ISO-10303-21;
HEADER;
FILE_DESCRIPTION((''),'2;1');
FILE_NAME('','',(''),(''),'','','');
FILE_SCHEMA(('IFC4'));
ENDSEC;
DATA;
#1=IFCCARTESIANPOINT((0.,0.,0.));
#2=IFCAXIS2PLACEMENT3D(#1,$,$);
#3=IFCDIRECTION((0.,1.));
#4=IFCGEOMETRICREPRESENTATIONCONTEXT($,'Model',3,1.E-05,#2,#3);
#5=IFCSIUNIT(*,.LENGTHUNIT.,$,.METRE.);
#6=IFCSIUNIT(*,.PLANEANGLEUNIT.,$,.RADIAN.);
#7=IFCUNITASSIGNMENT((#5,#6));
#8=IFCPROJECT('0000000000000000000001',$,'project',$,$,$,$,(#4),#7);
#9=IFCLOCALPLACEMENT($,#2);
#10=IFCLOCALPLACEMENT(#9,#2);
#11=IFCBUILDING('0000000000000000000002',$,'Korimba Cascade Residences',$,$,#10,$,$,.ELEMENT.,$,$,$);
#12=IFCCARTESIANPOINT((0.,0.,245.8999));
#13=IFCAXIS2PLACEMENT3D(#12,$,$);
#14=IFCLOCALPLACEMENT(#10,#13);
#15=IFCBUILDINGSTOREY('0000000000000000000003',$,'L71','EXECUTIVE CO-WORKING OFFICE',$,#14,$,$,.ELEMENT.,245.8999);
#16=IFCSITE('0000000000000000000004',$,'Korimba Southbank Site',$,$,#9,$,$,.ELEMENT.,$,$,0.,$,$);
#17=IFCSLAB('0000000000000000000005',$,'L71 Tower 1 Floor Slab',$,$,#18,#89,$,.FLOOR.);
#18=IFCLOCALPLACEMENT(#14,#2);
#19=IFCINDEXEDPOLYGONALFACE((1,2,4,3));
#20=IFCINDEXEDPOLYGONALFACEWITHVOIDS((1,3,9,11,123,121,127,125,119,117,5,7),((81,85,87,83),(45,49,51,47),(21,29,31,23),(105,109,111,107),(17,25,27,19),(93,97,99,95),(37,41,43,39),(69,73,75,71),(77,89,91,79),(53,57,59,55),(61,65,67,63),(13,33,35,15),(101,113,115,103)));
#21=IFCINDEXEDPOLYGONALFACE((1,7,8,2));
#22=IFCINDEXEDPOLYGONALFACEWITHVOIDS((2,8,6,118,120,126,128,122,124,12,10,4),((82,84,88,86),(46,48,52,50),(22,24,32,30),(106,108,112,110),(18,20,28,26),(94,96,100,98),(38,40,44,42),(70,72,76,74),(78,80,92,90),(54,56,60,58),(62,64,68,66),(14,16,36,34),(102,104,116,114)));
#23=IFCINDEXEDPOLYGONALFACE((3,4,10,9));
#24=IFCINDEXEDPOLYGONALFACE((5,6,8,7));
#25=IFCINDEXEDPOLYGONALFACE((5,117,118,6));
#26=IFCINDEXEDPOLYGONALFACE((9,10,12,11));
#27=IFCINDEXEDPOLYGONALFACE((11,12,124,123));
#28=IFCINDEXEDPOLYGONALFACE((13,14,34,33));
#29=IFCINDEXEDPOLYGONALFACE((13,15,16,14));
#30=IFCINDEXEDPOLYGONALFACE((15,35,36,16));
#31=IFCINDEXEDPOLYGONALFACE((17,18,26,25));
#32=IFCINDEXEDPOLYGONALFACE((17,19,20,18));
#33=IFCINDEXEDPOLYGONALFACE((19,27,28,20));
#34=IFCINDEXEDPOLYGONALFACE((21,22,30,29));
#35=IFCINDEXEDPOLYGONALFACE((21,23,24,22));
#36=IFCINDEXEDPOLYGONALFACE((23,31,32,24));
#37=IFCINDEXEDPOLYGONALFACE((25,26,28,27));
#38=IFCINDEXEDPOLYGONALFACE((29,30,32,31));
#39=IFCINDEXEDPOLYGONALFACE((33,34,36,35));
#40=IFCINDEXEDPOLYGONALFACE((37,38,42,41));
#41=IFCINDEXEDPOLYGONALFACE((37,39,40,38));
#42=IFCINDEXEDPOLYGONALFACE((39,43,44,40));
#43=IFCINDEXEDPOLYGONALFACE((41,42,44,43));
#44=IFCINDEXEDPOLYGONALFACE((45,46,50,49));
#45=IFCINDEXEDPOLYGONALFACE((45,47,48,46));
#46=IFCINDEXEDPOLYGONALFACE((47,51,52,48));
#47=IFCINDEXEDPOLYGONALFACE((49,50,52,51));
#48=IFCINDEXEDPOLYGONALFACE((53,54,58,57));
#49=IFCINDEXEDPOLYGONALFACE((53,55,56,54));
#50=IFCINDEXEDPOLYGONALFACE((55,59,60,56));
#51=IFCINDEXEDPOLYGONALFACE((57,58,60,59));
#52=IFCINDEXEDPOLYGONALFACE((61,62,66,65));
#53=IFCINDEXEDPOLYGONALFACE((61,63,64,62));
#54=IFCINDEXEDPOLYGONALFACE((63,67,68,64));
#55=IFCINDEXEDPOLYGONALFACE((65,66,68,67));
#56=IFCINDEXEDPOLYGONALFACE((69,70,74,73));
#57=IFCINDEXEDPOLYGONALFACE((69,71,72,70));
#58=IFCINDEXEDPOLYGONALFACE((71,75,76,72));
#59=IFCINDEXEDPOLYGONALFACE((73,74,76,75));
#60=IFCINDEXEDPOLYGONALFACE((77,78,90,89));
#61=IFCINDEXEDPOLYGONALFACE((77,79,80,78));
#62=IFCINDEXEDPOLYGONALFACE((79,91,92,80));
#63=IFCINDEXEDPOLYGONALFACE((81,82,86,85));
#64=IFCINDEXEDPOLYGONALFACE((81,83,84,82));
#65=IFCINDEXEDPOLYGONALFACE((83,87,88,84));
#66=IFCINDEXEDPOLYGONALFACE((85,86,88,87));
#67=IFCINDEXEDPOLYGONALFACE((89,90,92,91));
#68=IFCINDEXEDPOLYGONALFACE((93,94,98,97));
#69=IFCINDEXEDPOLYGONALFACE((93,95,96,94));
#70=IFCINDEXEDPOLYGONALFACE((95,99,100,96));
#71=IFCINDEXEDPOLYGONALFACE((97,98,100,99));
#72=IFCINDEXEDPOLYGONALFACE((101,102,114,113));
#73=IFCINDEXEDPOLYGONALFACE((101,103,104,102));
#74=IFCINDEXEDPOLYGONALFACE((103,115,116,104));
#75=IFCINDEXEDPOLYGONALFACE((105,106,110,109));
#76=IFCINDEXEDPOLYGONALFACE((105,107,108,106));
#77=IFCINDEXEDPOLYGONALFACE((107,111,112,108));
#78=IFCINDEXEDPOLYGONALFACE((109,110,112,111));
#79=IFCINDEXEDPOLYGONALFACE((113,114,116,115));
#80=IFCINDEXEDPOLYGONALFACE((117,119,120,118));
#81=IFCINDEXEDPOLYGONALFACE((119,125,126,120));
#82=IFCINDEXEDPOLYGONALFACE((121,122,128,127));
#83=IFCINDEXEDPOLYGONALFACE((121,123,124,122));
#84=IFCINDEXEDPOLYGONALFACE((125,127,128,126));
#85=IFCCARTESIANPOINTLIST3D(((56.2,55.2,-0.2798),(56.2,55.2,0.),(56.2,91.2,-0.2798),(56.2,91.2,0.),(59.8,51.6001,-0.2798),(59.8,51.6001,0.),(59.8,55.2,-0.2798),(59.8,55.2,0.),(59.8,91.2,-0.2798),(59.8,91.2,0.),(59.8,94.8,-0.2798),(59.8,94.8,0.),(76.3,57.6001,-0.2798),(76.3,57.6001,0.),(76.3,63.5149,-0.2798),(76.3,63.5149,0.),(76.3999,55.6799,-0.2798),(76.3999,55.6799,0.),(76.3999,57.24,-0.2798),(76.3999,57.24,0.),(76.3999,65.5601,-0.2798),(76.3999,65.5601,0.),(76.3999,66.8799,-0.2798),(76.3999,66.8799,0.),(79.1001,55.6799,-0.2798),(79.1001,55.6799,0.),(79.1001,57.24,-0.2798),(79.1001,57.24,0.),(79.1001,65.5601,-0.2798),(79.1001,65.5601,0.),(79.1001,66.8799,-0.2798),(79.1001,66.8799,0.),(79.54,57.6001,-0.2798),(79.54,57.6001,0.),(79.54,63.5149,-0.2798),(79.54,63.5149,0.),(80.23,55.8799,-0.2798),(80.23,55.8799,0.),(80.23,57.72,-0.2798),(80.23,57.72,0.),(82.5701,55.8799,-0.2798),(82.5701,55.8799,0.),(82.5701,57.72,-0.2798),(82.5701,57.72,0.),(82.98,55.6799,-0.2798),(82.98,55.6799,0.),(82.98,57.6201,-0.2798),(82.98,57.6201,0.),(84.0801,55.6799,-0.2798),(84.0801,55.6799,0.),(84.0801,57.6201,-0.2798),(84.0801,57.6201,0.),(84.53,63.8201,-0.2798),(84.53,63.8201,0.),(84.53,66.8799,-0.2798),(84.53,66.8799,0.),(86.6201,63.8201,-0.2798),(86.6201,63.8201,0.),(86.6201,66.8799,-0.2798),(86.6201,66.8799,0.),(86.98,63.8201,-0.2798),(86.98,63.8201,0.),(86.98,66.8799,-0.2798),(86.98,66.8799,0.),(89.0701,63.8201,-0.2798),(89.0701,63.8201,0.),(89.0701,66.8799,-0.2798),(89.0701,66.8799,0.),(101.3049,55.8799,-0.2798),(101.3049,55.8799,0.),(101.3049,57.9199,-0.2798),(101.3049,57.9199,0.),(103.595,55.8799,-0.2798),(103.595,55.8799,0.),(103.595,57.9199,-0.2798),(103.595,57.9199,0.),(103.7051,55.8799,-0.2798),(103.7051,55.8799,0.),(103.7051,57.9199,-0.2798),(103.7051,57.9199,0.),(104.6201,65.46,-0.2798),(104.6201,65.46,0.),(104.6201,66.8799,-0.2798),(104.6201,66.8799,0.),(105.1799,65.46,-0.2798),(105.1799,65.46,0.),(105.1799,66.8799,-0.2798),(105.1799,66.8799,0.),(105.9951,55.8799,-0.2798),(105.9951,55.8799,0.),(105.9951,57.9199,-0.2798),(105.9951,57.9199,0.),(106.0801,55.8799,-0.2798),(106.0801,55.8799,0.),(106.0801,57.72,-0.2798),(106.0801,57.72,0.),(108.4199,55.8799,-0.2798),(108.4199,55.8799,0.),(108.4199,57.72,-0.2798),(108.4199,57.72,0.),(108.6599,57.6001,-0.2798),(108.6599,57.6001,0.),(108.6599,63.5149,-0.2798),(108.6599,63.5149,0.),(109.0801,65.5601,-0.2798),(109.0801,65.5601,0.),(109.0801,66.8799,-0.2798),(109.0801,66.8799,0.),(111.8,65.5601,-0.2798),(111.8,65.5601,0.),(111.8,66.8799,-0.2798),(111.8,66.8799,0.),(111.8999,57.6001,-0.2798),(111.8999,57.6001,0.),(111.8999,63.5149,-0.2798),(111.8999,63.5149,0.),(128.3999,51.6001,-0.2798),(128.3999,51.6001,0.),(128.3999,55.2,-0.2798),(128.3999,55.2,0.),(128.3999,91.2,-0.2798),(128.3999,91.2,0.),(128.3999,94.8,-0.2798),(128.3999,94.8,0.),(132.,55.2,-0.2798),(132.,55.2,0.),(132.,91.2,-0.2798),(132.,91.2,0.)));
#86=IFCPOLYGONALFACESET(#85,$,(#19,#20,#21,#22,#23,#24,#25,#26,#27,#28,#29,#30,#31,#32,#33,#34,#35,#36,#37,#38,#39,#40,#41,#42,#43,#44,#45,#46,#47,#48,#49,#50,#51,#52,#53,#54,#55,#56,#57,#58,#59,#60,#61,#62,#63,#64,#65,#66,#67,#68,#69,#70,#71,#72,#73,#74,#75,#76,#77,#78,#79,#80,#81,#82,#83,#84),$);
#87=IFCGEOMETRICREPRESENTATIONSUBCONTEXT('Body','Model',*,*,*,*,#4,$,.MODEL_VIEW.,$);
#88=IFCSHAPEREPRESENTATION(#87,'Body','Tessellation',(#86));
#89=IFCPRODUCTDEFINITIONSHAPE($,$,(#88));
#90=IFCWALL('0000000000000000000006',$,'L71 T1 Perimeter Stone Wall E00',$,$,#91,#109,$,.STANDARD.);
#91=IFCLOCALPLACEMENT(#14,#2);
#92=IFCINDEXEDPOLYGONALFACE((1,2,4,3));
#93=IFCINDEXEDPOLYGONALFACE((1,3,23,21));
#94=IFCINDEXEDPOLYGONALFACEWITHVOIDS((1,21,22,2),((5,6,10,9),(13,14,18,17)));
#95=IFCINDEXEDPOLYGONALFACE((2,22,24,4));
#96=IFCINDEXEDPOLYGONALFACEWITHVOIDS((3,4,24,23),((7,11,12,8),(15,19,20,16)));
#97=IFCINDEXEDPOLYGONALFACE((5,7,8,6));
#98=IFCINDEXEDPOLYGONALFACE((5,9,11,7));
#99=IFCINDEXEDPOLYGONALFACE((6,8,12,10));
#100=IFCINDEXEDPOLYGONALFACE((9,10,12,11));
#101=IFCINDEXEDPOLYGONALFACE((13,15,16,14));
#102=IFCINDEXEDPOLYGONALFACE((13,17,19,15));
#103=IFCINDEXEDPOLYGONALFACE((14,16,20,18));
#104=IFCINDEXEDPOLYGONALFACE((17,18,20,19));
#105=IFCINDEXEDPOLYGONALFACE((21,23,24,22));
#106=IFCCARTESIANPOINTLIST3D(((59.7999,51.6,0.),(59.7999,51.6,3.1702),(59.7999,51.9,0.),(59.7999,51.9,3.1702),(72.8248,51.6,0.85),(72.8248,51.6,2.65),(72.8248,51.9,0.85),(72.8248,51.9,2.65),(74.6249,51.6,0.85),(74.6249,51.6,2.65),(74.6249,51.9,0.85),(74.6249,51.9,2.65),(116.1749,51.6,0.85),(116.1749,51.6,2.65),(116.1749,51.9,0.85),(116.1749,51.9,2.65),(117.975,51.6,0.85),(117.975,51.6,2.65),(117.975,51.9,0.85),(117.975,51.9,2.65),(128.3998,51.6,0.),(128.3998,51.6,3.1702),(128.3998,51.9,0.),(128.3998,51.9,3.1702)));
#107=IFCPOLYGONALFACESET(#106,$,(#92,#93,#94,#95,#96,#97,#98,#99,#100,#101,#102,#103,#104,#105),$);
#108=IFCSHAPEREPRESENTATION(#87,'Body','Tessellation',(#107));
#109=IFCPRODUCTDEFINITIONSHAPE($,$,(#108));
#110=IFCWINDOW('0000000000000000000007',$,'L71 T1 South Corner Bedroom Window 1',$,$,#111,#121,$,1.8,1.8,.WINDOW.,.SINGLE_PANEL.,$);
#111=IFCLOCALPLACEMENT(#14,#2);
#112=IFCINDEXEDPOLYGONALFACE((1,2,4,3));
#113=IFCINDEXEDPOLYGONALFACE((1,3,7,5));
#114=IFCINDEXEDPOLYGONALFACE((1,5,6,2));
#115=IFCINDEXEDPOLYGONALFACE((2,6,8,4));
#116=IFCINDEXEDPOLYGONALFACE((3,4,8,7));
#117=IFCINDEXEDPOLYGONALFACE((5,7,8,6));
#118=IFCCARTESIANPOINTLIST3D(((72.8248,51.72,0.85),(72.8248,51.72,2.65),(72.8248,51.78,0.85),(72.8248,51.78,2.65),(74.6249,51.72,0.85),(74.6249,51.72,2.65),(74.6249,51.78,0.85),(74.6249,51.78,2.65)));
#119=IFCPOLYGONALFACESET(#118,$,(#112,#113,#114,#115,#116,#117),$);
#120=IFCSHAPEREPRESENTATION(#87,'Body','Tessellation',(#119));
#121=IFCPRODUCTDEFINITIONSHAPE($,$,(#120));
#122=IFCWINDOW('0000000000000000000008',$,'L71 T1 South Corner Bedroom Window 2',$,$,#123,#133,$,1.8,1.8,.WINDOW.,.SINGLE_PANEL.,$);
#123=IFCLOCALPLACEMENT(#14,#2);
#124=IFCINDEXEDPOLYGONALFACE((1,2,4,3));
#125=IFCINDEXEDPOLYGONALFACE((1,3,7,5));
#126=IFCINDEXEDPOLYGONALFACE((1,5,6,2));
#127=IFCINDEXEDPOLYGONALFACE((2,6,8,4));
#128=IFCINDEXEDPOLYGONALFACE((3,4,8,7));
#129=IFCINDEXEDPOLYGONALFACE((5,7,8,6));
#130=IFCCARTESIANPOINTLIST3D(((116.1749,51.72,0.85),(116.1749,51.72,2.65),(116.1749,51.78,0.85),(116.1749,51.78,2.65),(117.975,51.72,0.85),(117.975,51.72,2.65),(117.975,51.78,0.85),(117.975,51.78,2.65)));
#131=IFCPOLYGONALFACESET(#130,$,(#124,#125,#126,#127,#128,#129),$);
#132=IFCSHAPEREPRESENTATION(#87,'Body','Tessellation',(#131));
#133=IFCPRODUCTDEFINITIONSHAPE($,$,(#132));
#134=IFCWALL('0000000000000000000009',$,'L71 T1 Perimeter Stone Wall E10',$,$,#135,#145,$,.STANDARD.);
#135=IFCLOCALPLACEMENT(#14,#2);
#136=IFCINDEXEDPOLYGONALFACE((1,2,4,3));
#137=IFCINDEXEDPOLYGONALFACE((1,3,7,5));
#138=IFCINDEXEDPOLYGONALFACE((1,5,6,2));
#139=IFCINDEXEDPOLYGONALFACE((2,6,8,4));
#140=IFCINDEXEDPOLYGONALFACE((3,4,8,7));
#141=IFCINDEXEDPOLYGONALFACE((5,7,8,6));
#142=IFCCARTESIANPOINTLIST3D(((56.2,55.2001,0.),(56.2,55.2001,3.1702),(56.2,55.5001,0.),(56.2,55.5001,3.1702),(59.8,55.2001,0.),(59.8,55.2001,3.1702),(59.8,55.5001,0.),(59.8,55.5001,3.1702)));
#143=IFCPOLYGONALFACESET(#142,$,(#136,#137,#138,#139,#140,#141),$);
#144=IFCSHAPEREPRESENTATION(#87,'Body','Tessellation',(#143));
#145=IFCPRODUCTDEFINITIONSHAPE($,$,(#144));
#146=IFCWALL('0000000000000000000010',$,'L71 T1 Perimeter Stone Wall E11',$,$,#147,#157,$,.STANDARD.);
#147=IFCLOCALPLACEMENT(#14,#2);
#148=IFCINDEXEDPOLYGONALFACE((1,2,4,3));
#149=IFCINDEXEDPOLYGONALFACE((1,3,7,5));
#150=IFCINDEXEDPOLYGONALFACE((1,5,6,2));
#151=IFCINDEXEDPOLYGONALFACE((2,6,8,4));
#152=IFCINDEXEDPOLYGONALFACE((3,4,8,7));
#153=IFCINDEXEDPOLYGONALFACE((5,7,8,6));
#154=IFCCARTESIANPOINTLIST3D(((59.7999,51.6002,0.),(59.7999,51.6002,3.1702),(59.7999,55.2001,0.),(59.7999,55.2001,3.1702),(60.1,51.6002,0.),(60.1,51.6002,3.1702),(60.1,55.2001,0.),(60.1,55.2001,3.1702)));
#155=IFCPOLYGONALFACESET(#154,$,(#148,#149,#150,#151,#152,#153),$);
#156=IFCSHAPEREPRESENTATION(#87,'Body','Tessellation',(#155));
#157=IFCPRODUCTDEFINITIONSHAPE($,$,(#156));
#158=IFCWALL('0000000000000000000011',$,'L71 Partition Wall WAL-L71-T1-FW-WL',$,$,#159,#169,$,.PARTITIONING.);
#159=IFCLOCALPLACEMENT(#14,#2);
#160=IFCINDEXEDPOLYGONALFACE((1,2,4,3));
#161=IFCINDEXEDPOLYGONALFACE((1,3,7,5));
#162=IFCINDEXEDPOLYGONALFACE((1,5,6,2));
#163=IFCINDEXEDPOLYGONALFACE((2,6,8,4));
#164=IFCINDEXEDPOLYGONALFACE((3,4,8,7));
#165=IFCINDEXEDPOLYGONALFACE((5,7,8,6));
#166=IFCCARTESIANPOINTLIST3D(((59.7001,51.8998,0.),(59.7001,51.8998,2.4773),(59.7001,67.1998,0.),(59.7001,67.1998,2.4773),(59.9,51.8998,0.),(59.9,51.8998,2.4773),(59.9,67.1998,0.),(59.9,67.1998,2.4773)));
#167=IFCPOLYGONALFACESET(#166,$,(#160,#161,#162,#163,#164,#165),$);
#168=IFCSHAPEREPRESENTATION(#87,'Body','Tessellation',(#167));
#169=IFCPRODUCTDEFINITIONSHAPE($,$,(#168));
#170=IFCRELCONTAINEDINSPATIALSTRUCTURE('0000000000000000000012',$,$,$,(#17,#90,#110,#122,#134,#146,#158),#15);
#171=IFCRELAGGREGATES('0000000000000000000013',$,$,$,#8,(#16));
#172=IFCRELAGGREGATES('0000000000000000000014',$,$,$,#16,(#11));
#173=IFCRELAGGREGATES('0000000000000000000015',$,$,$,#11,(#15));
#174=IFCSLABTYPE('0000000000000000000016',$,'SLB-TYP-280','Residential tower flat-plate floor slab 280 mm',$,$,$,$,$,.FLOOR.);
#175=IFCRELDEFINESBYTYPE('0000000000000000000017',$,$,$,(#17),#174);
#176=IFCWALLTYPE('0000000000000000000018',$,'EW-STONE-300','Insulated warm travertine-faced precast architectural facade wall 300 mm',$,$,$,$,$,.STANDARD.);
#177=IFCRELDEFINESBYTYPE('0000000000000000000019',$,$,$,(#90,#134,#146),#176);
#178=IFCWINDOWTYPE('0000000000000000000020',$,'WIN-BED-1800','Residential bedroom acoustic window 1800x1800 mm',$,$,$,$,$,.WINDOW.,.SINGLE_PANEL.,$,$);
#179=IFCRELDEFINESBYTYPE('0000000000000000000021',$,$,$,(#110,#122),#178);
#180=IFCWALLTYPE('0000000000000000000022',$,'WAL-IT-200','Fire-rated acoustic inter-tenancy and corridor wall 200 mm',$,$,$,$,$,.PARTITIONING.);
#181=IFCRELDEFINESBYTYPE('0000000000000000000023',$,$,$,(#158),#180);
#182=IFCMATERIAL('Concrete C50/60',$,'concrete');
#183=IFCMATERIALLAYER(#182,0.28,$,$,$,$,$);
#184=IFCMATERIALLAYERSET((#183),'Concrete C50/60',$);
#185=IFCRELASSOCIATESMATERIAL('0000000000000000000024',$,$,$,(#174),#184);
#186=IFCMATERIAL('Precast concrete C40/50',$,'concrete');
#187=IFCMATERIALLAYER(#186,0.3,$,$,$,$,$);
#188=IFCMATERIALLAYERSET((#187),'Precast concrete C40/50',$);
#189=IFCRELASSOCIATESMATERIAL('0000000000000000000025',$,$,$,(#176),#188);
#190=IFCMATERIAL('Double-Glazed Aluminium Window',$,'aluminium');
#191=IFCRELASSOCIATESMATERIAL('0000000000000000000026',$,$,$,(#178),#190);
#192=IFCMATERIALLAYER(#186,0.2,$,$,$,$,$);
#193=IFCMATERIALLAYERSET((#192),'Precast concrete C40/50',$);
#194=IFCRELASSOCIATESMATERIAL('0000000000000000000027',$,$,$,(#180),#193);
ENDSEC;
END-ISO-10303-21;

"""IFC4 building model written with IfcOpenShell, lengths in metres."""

from ifc_helpers import new_model, si_unit, direction, frame, frame_2d, origin, place, context, subcontext, project, spatial, polyline, rectangle, outline, extrude, material, layer, layer_set, type_object, element, fill, save


model = new_model("IFC4")

# Units and contexts
model_context = context("Model", 3, precision=1e-05, world=origin(), true_north=direction((0.0, 1.0)))
body_context = subcontext(model_context, "Body", "Model", "MODEL_VIEW")
ifc_project = project(units=[si_unit("LENGTHUNIT", "METRE"), si_unit("PLANEANGLEUNIT", "RADIAN")], contexts=[model_context])

# Site, building, storey
site_placement = place(None, origin())
site = spatial("IfcSite", under=ifc_project, at=site_placement, Name="Korimba Southbank Site", CompositionType="ELEMENT", RefElevation=0.0)
building_placement = place(site_placement, origin())
building = spatial("IfcBuilding", under=site, at=building_placement, Name="Korimba Cascade Residences", CompositionType="ELEMENT")
storey_placement = place(building_placement, frame((0.0, 0.0, 245.8999)))
storey = spatial("IfcBuildingStorey", under=building, at=storey_placement, Name="L71", Description="EXECUTIVE CO-WORKING OFFICE", CompositionType="ELEMENT", Elevation=245.8999)

# Shared definitions
ifc_material_1 = material(Name="Concrete C50/60", Category="concrete")

# Slab
ifc_material_2 = material(Name="Precast concrete C40/50", Category="concrete")
ifc_layer_1 = layer(ifc_material_1, 0.28)
ifc_layer_set_1 = layer_set([ifc_layer_1], Name="Concrete C50/60")
slab_type_1 = type_object("IfcSlabType", Name="SLB-TYP-280", Description="Residential tower flat-plate floor slab 280 mm", PredefinedType="FLOOR", material=ifc_layer_set_1)
slab_1_placement = place(storey_placement, frame((0.0, 0.0, -0.2798)))
element("IfcSlab", 1, at=slab_1_placement, inside=storey, type_object=slab_type_1, Name="L71 Tower 1 Floor Slab", PredefinedType="FLOOR", context=body_context, shape_type="SweptSolid", body=[
    extrude(outline(polyline([(59.8, 51.6001), (128.3999, 51.6001), (128.3999, 55.2), (132.0, 55.2), (132.0, 91.2), (128.3999, 91.2), (128.3999, 94.8), (59.8, 94.8), (59.8, 91.2), (56.2, 91.2), (56.2, 55.2), (59.8, 55.2), (59.8, 51.6001)]), holes=[polyline([(76.3, 63.5149), (76.3, 57.6001), (79.54, 57.6001), (79.54, 63.5149), (76.3, 63.5149)]), polyline([(108.6599, 63.5149), (108.6599, 57.6001), (111.8999, 57.6001), (111.8999, 63.5149), (108.6599, 63.5149)]), polyline([(80.23, 55.8799), (82.5701, 55.8799), (82.5701, 57.72), (80.23, 57.72), (80.23, 55.8799)]), polyline([(106.0801, 55.8799), (108.4199, 55.8799), (108.4199, 57.72), (106.0801, 57.72), (106.0801, 55.8799)]), polyline([(101.3049, 55.8799), (103.595, 55.8799), (103.595, 57.9199), (101.3049, 57.9199), (101.3049, 55.8799)]), polyline([(103.7051, 55.8799), (105.9951, 55.8799), (105.9951, 57.9199), (103.7051, 57.9199), (103.7051, 55.8799)]), polyline([(82.98, 55.6799), (84.0801, 55.6799), (84.0801, 57.6201), (82.98, 57.6201), (82.98, 55.6799)]), polyline([(76.3999, 65.5601), (79.1001, 65.5601), (79.1001, 66.8799), (76.3999, 66.8799), (76.3999, 65.5601)]), polyline([(76.3999, 55.6799), (79.1001, 55.6799), (79.1001, 57.24), (76.3999, 57.24), (76.3999, 55.6799)]), polyline([(84.53, 63.8201), (86.6201, 63.8201), (86.6201, 66.8799), (84.53, 66.8799), (84.53, 63.8201)]), polyline([(86.98, 63.8201), (89.0701, 63.8201), (89.0701, 66.8799), (86.98, 66.8799), (86.98, 63.8201)]), polyline([(104.6201, 65.46), (105.1799, 65.46), (105.1799, 66.8799), (104.6201, 66.8799), (104.6201, 65.46)]), polyline([(109.0801, 65.5601), (111.8, 65.5601), (111.8, 66.8799), (109.0801, 66.8799), (109.0801, 65.5601)])]), origin(), (0.0, 0.0, 1.0), 0.2798),
])

# Wall, openings, windows
ifc_layer_2 = layer(ifc_material_2, 0.3)
ifc_layer_set_2 = layer_set([ifc_layer_2], Name="Precast concrete C40/50")
wall_type_1 = type_object("IfcWallType", Name="EW-STONE-300", Description="Insulated warm travertine-faced precast architectural facade wall 300 mm", PredefinedType="STANDARD", material=ifc_layer_set_2)
wall_1_placement = place(storey_placement, frame((59.8, 51.75, 0.0), z_axis=(0.0, 0.0, 1.0), x_axis=(1.0, 0.0, 0.0)))
wall_1 = element("IfcWall", 2, at=wall_1_placement, inside=storey, type_object=wall_type_1, Name="L71 T1 Perimeter Stone Wall E00", PredefinedType="STANDARD", context=body_context, shape_type="SweptSolid", body=[
    extrude(rectangle(XDim=68.5999, YDim=0.3, at=frame_2d((34.2998, 0.0))), origin(), (0.0, 0.0, 1.0), 3.1702),
])
opening_1_placement = place(wall_1_placement, frame((13.0249, 0.0, 0.8501)))
opening_1 = element("IfcOpeningElement", 3, at=opening_1_placement, cuts=wall_1, PredefinedType="OPENING", context=body_context, shape_type="SweptSolid", body=[
    extrude(rectangle(XDim=1.8, YDim=1.8, at=frame_2d((0.8999, 0.8999))), frame((0.0, 0.1602, 0.0), z_axis=(0.0, -1.0, 0.0), x_axis=(1.0, 0.0, 0.0)), (0.0, 0.0, 1.0), 0.3201),
])
opening_2_placement = place(wall_1_placement, frame((56.375, 0.0, 0.8501)))
opening_2 = element("IfcOpeningElement", 4, at=opening_2_placement, cuts=wall_1, PredefinedType="OPENING", context=body_context, shape_type="SweptSolid", body=[
    extrude(rectangle(XDim=1.8, YDim=1.8, at=frame_2d((0.8999, 0.8999))), frame((0.0, 0.1602, 0.0), z_axis=(0.0, -1.0, 0.0), x_axis=(1.0, 0.0, 0.0)), (0.0, 0.0, 1.0), 0.3201),
])
ifc_material_3 = material(Name="Double-Glazed Aluminium Window", Category="aluminium")
window_type = type_object("IfcWindowType", Name="WIN-BED-1800", Description="Residential bedroom acoustic window 1800x1800 mm", PartitioningType="SINGLE_PANEL", PredefinedType="WINDOW", material=ifc_material_3)
window_1_placement = place(opening_1_placement, origin())
window_1 = element("IfcWindow", 5, at=window_1_placement, inside=storey, type_object=window_type, Name="L71 T1 South Corner Bedroom Window 1", OverallHeight=1.8, OverallWidth=1.8, PartitioningType="SINGLE_PANEL", PredefinedType="WINDOW", context=body_context, shape_type="SweptSolid", body=[
    extrude(rectangle(XDim=1.8, YDim=1.8, at=frame_2d((0.8999, 0.8999))), frame((0.0, 0.03, 0.0), z_axis=(0.0, -1.0, 0.0), x_axis=(1.0, 0.0, 0.0)), (0.0, 0.0, 1.0), 0.0601),
])
fill(opening_1, window_1)
window_2_placement = place(opening_2_placement, origin())
window_2 = element("IfcWindow", 6, at=window_2_placement, inside=storey, type_object=window_type, Name="L71 T1 South Corner Bedroom Window 2", OverallHeight=1.8, OverallWidth=1.8, PartitioningType="SINGLE_PANEL", PredefinedType="WINDOW", context=body_context, shape_type="SweptSolid", body=[
    extrude(rectangle(XDim=1.8, YDim=1.8, at=frame_2d((0.8999, 0.8999))), frame((0.0, 0.03, 0.0), z_axis=(0.0, -1.0, 0.0), x_axis=(1.0, 0.0, 0.0)), (0.0, 0.0, 1.0), 0.0601),
])
fill(opening_2, window_2)

# Walls
wall_2_placement = place(storey_placement, frame((56.2, 55.3501, 0.0), z_axis=(0.0, 0.0, 1.0), x_axis=(1.0, 0.0, 0.0)))
element("IfcWall", 7, at=wall_2_placement, inside=storey, type_object=wall_type_1, Name="L71 T1 Perimeter Stone Wall E10", PredefinedType="STANDARD", context=body_context, shape_type="SweptSolid", body=[
    extrude(rectangle(XDim=3.6001, YDim=0.3, at=frame_2d((1.8, 0.0))), origin(), (0.0, 0.0, 1.0), 3.1702),
])
wall_3_placement = place(storey_placement, frame((59.95, 55.2, 0.0), z_axis=(0.0, 0.0, 1.0), x_axis=(0.0, -1.0, 0.0)))
element("IfcWall", 8, at=wall_3_placement, inside=storey, type_object=wall_type_1, Name="L71 T1 Perimeter Stone Wall E11", PredefinedType="STANDARD", context=body_context, shape_type="SweptSolid", body=[
    extrude(rectangle(XDim=3.5999, YDim=0.3, at=frame_2d((1.7998, 0.0))), origin(), (0.0, 0.0, 1.0), 3.1702),
])
ifc_layer_3 = layer(ifc_material_2, 0.2)
ifc_layer_set_3 = layer_set([ifc_layer_3], Name="Precast concrete C40/50")
wall_type_2 = type_object("IfcWallType", Name="WAL-IT-200", Description="Fire-rated acoustic inter-tenancy and corridor wall 200 mm", PredefinedType="PARTITIONING", material=ifc_layer_set_3)
wall_4_placement = place(storey_placement, frame((59.8, 51.8999, 0.0), z_axis=(0.0, 0.0, 1.0), x_axis=(0.0, 1.0, 0.0)))
element("IfcWall", 9, at=wall_4_placement, inside=storey, type_object=wall_type_2, Name="L71 Partition Wall WAL-L71-T1-FW-WL", PredefinedType="PARTITIONING", context=body_context, shape_type="SweptSolid", body=[
    extrude(rectangle(XDim=15.3, YDim=0.2, at=frame_2d((7.6499, 0.0))), origin(), (0.0, 0.0, 1.0), 2.4773),
])

save(model, "model.ifc")
